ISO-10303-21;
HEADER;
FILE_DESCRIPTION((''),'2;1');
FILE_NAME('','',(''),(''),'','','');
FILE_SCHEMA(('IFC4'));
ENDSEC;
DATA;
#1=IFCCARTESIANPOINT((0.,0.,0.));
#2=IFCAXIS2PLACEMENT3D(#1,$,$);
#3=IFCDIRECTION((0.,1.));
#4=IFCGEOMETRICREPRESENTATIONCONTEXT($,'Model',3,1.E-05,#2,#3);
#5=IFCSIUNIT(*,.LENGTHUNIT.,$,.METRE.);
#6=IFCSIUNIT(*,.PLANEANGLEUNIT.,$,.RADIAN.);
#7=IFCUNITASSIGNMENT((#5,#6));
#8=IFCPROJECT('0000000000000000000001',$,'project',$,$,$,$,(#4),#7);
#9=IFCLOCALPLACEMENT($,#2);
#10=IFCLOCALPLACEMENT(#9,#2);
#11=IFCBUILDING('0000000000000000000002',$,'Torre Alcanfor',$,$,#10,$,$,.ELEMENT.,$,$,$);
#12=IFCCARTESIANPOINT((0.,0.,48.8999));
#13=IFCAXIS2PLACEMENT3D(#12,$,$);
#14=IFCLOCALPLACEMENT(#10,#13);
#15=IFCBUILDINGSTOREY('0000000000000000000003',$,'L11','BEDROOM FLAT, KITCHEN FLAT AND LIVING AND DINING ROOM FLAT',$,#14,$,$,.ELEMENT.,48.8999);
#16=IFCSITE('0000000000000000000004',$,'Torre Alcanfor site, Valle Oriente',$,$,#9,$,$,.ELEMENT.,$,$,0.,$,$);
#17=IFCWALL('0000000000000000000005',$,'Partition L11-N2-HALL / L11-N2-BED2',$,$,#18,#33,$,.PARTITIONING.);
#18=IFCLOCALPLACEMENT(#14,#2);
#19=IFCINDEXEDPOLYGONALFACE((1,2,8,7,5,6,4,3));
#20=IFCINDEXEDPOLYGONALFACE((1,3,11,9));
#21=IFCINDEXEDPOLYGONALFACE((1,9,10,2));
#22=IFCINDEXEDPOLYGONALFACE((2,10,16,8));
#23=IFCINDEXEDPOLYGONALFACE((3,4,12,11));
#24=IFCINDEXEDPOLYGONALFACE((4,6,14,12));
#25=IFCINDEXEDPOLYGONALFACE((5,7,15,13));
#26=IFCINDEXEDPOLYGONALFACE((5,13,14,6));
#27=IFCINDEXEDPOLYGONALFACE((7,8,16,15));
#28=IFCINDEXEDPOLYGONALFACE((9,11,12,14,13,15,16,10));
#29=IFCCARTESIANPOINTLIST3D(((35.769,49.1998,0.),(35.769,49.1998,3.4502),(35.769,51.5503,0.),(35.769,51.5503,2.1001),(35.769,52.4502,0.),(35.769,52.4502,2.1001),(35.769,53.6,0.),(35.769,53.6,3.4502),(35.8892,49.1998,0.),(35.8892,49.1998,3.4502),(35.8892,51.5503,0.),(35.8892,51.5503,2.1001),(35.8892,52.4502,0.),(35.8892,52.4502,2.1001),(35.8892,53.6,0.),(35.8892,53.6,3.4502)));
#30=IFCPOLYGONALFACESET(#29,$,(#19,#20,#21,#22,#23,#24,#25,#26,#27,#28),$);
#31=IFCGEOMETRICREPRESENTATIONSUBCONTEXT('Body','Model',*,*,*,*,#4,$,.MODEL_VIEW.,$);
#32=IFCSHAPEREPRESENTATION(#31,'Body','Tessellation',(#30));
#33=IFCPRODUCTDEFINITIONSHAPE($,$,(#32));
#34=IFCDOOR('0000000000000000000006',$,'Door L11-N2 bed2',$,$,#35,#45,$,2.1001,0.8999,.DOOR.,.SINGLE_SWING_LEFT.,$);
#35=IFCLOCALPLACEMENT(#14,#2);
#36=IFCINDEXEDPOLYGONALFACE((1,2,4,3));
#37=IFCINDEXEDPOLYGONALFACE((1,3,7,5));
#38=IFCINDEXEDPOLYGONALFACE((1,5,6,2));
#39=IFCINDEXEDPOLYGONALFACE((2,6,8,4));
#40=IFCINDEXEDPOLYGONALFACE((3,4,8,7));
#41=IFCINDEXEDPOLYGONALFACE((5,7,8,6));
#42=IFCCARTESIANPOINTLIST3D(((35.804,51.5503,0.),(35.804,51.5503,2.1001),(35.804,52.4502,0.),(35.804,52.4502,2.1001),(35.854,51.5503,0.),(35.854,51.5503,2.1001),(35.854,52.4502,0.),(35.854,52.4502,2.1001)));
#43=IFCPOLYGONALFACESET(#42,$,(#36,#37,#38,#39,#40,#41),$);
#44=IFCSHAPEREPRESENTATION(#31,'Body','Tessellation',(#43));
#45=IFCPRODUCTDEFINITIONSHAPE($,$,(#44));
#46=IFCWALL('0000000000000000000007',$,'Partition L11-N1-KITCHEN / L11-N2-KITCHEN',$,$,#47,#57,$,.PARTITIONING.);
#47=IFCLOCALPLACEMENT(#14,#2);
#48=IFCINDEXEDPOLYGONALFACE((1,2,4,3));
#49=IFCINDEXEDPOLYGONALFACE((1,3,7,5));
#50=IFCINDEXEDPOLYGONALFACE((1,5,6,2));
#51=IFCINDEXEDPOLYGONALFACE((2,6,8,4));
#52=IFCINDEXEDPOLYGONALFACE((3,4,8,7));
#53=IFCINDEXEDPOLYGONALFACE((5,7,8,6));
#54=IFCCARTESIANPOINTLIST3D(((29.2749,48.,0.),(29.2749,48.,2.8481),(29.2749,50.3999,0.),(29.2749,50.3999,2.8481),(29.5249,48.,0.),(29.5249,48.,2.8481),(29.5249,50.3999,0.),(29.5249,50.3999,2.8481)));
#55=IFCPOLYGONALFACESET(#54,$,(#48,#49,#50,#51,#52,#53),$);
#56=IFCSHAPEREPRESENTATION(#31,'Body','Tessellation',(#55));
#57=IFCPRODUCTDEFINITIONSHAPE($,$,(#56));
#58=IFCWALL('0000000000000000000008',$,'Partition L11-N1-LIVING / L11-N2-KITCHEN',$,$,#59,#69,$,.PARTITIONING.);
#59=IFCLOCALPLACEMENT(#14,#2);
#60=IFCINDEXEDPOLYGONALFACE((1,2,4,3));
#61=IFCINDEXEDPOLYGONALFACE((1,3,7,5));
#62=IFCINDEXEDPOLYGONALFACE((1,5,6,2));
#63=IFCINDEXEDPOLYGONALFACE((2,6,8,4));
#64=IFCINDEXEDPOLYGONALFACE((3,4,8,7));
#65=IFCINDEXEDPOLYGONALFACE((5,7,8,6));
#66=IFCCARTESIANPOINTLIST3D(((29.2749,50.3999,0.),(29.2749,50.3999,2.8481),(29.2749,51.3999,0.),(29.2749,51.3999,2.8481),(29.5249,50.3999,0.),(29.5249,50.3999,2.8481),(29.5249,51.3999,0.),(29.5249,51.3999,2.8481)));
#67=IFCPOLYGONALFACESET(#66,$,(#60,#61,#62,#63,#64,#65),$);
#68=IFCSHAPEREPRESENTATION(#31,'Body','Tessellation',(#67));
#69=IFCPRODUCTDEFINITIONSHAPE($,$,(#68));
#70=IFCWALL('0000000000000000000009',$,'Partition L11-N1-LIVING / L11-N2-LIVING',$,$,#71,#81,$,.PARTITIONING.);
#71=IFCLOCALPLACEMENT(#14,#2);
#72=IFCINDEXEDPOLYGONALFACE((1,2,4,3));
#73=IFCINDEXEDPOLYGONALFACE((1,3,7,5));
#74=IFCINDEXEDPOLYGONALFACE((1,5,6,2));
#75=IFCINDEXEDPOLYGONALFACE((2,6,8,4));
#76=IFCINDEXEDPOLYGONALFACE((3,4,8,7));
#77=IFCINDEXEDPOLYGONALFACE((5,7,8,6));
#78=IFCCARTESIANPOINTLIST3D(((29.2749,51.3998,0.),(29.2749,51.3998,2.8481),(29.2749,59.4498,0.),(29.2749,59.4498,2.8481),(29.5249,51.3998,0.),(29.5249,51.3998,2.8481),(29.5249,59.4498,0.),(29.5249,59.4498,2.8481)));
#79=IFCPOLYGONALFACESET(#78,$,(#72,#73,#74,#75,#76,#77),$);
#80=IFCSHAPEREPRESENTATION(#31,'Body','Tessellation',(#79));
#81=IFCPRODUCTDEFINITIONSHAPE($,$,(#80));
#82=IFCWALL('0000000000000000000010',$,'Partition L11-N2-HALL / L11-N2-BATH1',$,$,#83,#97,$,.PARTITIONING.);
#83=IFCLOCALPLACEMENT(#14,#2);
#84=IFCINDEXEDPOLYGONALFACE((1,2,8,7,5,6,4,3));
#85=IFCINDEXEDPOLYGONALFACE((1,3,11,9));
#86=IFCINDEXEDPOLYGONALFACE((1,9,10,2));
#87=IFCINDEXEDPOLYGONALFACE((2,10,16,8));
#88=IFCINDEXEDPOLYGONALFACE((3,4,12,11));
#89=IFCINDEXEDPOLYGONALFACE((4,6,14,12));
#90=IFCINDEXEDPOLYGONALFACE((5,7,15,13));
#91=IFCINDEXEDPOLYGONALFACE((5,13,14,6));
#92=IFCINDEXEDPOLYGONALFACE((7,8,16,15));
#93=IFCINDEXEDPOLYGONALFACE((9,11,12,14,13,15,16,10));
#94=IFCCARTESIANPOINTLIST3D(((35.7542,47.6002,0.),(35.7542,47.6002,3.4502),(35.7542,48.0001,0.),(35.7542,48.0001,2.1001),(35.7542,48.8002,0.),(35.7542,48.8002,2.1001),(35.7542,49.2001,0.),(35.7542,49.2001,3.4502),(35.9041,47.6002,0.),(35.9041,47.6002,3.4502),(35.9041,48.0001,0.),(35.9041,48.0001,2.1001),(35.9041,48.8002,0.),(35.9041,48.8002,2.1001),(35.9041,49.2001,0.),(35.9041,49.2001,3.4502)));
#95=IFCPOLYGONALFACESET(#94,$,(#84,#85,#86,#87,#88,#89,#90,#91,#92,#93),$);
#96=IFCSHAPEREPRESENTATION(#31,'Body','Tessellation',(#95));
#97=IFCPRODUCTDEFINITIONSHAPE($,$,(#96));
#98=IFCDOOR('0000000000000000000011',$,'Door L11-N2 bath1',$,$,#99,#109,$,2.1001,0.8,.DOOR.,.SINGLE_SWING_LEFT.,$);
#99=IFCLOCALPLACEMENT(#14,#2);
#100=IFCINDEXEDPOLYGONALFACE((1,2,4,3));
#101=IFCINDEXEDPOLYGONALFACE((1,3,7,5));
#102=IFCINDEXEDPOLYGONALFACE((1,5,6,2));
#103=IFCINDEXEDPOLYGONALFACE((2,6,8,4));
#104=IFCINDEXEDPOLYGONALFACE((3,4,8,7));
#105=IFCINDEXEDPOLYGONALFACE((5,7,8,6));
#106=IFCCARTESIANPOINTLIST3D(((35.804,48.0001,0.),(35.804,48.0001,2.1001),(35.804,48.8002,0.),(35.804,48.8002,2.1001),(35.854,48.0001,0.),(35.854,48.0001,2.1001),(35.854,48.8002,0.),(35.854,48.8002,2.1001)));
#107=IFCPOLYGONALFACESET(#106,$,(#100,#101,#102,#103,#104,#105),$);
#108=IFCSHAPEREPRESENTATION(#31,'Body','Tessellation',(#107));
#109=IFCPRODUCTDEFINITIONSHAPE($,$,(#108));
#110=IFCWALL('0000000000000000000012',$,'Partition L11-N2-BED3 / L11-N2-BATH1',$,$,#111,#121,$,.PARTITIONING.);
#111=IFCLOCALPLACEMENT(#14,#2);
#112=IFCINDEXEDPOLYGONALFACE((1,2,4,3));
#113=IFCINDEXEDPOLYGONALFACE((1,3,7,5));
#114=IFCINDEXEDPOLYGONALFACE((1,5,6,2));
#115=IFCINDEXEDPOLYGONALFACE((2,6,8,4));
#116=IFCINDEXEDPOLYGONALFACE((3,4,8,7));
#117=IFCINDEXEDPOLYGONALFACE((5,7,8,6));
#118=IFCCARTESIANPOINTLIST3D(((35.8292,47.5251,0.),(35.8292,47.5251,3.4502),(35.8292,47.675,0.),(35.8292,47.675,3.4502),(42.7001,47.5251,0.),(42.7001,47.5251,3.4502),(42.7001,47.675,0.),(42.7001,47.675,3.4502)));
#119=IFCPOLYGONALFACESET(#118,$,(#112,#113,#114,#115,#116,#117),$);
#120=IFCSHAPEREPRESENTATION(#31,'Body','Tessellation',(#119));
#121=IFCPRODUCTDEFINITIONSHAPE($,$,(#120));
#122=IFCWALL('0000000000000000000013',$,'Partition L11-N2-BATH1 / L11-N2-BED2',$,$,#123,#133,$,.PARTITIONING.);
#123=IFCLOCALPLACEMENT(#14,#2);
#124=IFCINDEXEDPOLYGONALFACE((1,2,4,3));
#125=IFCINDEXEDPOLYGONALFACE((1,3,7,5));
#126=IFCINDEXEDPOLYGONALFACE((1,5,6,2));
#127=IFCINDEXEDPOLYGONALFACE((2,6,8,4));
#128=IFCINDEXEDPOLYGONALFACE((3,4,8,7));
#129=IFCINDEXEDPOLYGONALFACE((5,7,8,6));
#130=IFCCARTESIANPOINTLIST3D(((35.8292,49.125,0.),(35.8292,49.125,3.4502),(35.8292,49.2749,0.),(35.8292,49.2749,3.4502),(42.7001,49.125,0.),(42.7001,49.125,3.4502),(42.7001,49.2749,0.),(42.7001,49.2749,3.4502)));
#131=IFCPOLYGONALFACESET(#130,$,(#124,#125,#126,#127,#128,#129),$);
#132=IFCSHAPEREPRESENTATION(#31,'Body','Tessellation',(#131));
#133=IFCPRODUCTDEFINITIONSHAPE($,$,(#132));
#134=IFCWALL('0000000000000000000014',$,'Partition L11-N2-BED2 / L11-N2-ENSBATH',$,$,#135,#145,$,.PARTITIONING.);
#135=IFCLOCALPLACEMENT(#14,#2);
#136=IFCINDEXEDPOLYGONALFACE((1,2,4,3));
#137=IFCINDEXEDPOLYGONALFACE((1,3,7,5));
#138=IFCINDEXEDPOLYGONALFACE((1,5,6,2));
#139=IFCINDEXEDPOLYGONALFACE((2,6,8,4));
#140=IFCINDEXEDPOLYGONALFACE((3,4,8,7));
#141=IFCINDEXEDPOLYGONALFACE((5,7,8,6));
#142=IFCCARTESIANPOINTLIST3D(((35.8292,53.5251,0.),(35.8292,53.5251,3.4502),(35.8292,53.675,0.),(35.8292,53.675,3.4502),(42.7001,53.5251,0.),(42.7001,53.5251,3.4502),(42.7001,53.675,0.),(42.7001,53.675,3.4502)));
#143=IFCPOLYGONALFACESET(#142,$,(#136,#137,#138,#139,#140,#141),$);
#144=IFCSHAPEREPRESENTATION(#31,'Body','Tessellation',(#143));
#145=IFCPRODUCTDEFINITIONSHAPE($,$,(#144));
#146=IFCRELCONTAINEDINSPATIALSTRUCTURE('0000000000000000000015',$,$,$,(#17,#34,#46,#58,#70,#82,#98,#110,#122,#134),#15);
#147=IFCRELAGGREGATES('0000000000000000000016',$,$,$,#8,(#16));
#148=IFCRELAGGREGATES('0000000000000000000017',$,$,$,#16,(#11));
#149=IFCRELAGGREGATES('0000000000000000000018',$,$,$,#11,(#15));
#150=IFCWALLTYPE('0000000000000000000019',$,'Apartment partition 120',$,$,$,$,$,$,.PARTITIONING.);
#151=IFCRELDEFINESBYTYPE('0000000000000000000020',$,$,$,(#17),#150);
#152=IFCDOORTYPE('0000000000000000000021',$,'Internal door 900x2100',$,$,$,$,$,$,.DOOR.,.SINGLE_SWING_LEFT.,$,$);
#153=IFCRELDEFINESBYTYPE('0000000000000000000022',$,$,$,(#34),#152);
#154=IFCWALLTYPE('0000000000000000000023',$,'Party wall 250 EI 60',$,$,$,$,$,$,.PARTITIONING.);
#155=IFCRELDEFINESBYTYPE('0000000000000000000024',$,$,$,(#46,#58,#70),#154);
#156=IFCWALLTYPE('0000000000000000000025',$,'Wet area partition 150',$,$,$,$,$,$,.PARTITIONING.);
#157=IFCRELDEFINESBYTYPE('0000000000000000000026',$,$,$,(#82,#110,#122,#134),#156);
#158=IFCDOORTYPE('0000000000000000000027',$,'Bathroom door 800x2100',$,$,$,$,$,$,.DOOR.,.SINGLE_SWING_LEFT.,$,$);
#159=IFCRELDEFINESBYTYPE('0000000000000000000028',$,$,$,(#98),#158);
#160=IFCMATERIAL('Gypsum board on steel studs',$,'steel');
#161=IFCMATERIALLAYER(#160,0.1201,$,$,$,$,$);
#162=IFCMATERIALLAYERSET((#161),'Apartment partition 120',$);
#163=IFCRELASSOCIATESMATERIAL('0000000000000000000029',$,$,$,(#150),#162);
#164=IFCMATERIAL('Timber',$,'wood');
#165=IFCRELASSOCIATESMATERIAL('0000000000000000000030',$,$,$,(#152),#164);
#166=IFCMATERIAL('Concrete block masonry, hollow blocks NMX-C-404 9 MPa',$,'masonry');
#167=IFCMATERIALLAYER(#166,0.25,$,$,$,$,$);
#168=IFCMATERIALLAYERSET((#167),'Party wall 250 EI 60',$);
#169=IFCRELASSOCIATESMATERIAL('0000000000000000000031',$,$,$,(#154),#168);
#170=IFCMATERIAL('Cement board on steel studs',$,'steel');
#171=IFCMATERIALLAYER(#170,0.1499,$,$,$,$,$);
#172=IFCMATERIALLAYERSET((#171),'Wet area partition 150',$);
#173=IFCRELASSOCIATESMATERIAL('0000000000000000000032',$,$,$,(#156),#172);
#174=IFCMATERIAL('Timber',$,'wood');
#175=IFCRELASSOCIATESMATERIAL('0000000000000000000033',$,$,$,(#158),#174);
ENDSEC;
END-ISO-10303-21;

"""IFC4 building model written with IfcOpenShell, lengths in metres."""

from ifc_helpers import new_model, si_unit, direction, frame, frame_2d, origin, place, context, subcontext, project, spatial, rectangle, extrude, material, layer, layer_set, type_object, element, fill, save


model = new_model("IFC4")

# Units and contexts
model_context = context("Model", 3, precision=1e-05, world=origin(), true_north=direction((0.0, 1.0)))
body_context = subcontext(model_context, "Body", "Model", "MODEL_VIEW")
ifc_project = project(units=[si_unit("LENGTHUNIT", "METRE"), si_unit("PLANEANGLEUNIT", "RADIAN")], contexts=[model_context])

# Site, building, storey
site_placement = place(None, origin())
site = spatial("IfcSite", under=ifc_project, at=site_placement, Name="Torre Alcanfor site, Valle Oriente", CompositionType="ELEMENT", RefElevation=0.0)
building_placement = place(site_placement, origin())
building = spatial("IfcBuilding", under=site, at=building_placement, Name="Torre Alcanfor", CompositionType="ELEMENT")
storey_placement = place(building_placement, frame((0.0, 0.0, 48.8999)))
storey = spatial("IfcBuildingStorey", under=building, at=storey_placement, Name="L11", Description="BEDROOM FLAT, KITCHEN FLAT AND LIVING AND DINING ROOM FLAT", CompositionType="ELEMENT", Elevation=48.8999)

# Shared definitions
ifc_material_1 = material(Name="Gypsum board on steel studs", Category="steel")
ifc_layer_1 = layer(ifc_material_1, 0.1201)
ifc_layer_set_1 = layer_set([ifc_layer_1], Name="Apartment partition 120")
wall_type_1 = type_object("IfcWallType", Name="Apartment partition 120", PredefinedType="PARTITIONING", material=ifc_layer_set_1)
ifc_material_2 = material(Name="Timber", Category="wood")
door_type_1 = type_object("IfcDoorType", Name="Internal door 900x2100", OperationType="SINGLE_SWING_LEFT", PredefinedType="DOOR", material=ifc_material_2)

# Wall, opening, door
wall_1_placement = place(storey_placement, frame((35.8291, 53.6001, 0.0), z_axis=(0.0, 0.0, 1.0), x_axis=(0.0, -1.0, 0.0)))
wall_1 = element("IfcWall", 1, at=wall_1_placement, inside=storey, type_object=wall_type_1, Name="Partition L11-N2-HALL / L11-N2-BED2", PredefinedType="PARTITIONING", context=body_context, shape_type="SweptSolid", body=[
    extrude(rectangle(XDim=4.4001, YDim=0.1201, at=frame_2d((2.2002, 0.0))), origin(), (0.0, 0.0, 1.0), 3.4502),
])
opening_1_placement = place(wall_1_placement, frame((1.1499, 0.0, 0.0)))
opening_1 = element("IfcOpeningElement", 2, at=opening_1_placement, cuts=wall_1, PredefinedType="OPENING", context=body_context, shape_type="SweptSolid", body=[
    extrude(rectangle(XDim=0.8999, YDim=2.1001, at=frame_2d((0.45, 1.05))), frame((0.0, 0.0701, 0.0), z_axis=(0.0, -1.0, 0.0), x_axis=(1.0, 0.0, 0.0)), (0.0, 0.0, 1.0), 0.1401),
])
door_1_placement = place(opening_1_placement, origin())
door_1 = element("IfcDoor", 3, at=door_1_placement, inside=storey, type_object=door_type_1, Name="Door L11-N2 bed2", OperationType="SINGLE_SWING_LEFT", OverallHeight=2.1001, OverallWidth=0.8999, PredefinedType="DOOR", context=body_context, shape_type="SweptSolid", body=[
    extrude(rectangle(XDim=0.8999, YDim=2.1001, at=frame_2d((0.45, 1.05))), frame((0.0, 0.0249, 0.0), z_axis=(0.0, -1.0, 0.0), x_axis=(1.0, 0.0, 0.0)), (0.0, 0.0, 1.0), 0.05),
])
fill(opening_1, door_1)

# Walls
ifc_material_3 = material(Name="Concrete block masonry, hollow blocks NMX-C-404 9 MPa", Category="masonry")
ifc_layer_2 = layer(ifc_material_3, 0.25)
ifc_layer_set_2 = layer_set([ifc_layer_2], Name="Party wall 250 EI 60")
wall_type_2 = type_object("IfcWallType", Name="Party wall 250 EI 60", PredefinedType="PARTITIONING", material=ifc_layer_set_2)
wall_2_placement = place(storey_placement, frame((29.3999, 48.0, 0.0), z_axis=(0.0, 0.0, 1.0), x_axis=(0.0, 1.0, 0.0)))
element("IfcWall", 4, at=wall_2_placement, inside=storey, type_object=wall_type_2, Name="Partition L11-N1-KITCHEN / L11-N2-KITCHEN", PredefinedType="PARTITIONING", context=body_context, shape_type="SweptSolid", body=[
    extrude(rectangle(XDim=2.3999, YDim=0.25, at=frame_2d((1.2, 0.0))), origin(), (0.0, 0.0, 1.0), 2.8481),
])
wall_3_placement = place(storey_placement, frame((29.3999, 50.3999, 0.0), z_axis=(0.0, 0.0, 1.0), x_axis=(0.0, 1.0, 0.0)))
element("IfcWall", 5, at=wall_3_placement, inside=storey, type_object=wall_type_2, Name="Partition L11-N1-LIVING / L11-N2-KITCHEN", PredefinedType="PARTITIONING", context=body_context, shape_type="SweptSolid", body=[
    extrude(rectangle(XDim=1.0, YDim=0.25, at=frame_2d((0.5, 0.0))), origin(), (0.0, 0.0, 1.0), 2.8481),
])
wall_4_placement = place(storey_placement, frame((29.3999, 51.3999, 0.0), z_axis=(0.0, 0.0, 1.0), x_axis=(0.0, 1.0, 0.0)))
element("IfcWall", 6, at=wall_4_placement, inside=storey, type_object=wall_type_2, Name="Partition L11-N1-LIVING / L11-N2-LIVING", PredefinedType="PARTITIONING", context=body_context, shape_type="SweptSolid", body=[
    extrude(rectangle(XDim=8.05, YDim=0.25, at=frame_2d((4.0249, 0.0))), origin(), (0.0, 0.0, 1.0), 2.8481),
])

# Wall, opening, door
ifc_material_4 = material(Name="Cement board on steel studs", Category="steel")
ifc_layer_3 = layer(ifc_material_4, 0.1499)
ifc_layer_set_3 = layer_set([ifc_layer_3], Name="Wet area partition 150")
wall_type_3 = type_object("IfcWallType", Name="Wet area partition 150", PredefinedType="PARTITIONING", material=ifc_layer_set_3)
wall_5_placement = place(storey_placement, frame((35.8291, 49.2, 0.0), z_axis=(0.0, 0.0, 1.0), x_axis=(0.0, -1.0, 0.0)))
wall_5 = element("IfcWall", 7, at=wall_5_placement, inside=storey, type_object=wall_type_3, Name="Partition L11-N2-HALL / L11-N2-BATH1", PredefinedType="PARTITIONING", context=body_context, shape_type="SweptSolid", body=[
    extrude(rectangle(XDim=1.5999, YDim=0.1499, at=frame_2d((0.7998, 0.0))), origin(), (0.0, 0.0, 1.0), 3.4502),
])
opening_2_placement = place(wall_5_placement, frame((0.3999, 0.0, 0.0)))
opening_2 = element("IfcOpeningElement", 8, at=opening_2_placement, cuts=wall_5, PredefinedType="OPENING", context=body_context, shape_type="SweptSolid", body=[
    extrude(rectangle(XDim=0.8, YDim=2.1001, at=frame_2d((0.3999, 1.05))), frame((0.0, 0.085, 0.0), z_axis=(0.0, -1.0, 0.0), x_axis=(1.0, 0.0, 0.0)), (0.0, 0.0, 1.0), 0.1699),
])
ifc_material_5 = material(Name="Timber", Category="wood")
door_type_2 = type_object("IfcDoorType", Name="Bathroom door 800x2100", OperationType="SINGLE_SWING_LEFT", PredefinedType="DOOR", material=ifc_material_5)
door_2_placement = place(opening_2_placement, origin())
door_2 = element("IfcDoor", 9, at=door_2_placement, inside=storey, type_object=door_type_2, Name="Door L11-N2 bath1", OperationType="SINGLE_SWING_LEFT", OverallHeight=2.1001, OverallWidth=0.8, PredefinedType="DOOR", context=body_context, shape_type="SweptSolid", body=[
    extrude(rectangle(XDim=0.8, YDim=2.1001, at=frame_2d((0.3999, 1.05))), frame((0.0, 0.0249, 0.0), z_axis=(0.0, -1.0, 0.0), x_axis=(1.0, 0.0, 0.0)), (0.0, 0.0, 1.0), 0.05),
])
fill(opening_2, door_2)

# Walls
for number, where, z_axis, x_axis, name in (
    (10, (35.8291, 47.6001, 0.0), (0.0, 0.0, 1.0), (1.0, 0.0, 0.0), "Partition L11-N2-BED3 / L11-N2-BATH1"),
    (11, (35.8291, 49.2, 0.0), (0.0, 0.0, 1.0), (1.0, 0.0, 0.0), "Partition L11-N2-BATH1 / L11-N2-BED2"),
    (12, (35.8291, 53.6001, 0.0), (0.0, 0.0, 1.0), (1.0, 0.0, 0.0), "Partition L11-N2-BED2 / L11-N2-ENSBATH"),
):
    element("IfcWall", number, at=place(storey_placement, frame(where, z_axis=z_axis, x_axis=x_axis)), inside=storey, type_object=wall_type_3, Name=name, PredefinedType="PARTITIONING", context=body_context, shape_type="SweptSolid", body=[
        extrude(rectangle(XDim=6.8708, YDim=0.1499, at=frame_2d((3.4355, 0.0))), origin(), (0.0, 0.0, 1.0), 3.4502),
    ])

save(model, "model.ifc")
